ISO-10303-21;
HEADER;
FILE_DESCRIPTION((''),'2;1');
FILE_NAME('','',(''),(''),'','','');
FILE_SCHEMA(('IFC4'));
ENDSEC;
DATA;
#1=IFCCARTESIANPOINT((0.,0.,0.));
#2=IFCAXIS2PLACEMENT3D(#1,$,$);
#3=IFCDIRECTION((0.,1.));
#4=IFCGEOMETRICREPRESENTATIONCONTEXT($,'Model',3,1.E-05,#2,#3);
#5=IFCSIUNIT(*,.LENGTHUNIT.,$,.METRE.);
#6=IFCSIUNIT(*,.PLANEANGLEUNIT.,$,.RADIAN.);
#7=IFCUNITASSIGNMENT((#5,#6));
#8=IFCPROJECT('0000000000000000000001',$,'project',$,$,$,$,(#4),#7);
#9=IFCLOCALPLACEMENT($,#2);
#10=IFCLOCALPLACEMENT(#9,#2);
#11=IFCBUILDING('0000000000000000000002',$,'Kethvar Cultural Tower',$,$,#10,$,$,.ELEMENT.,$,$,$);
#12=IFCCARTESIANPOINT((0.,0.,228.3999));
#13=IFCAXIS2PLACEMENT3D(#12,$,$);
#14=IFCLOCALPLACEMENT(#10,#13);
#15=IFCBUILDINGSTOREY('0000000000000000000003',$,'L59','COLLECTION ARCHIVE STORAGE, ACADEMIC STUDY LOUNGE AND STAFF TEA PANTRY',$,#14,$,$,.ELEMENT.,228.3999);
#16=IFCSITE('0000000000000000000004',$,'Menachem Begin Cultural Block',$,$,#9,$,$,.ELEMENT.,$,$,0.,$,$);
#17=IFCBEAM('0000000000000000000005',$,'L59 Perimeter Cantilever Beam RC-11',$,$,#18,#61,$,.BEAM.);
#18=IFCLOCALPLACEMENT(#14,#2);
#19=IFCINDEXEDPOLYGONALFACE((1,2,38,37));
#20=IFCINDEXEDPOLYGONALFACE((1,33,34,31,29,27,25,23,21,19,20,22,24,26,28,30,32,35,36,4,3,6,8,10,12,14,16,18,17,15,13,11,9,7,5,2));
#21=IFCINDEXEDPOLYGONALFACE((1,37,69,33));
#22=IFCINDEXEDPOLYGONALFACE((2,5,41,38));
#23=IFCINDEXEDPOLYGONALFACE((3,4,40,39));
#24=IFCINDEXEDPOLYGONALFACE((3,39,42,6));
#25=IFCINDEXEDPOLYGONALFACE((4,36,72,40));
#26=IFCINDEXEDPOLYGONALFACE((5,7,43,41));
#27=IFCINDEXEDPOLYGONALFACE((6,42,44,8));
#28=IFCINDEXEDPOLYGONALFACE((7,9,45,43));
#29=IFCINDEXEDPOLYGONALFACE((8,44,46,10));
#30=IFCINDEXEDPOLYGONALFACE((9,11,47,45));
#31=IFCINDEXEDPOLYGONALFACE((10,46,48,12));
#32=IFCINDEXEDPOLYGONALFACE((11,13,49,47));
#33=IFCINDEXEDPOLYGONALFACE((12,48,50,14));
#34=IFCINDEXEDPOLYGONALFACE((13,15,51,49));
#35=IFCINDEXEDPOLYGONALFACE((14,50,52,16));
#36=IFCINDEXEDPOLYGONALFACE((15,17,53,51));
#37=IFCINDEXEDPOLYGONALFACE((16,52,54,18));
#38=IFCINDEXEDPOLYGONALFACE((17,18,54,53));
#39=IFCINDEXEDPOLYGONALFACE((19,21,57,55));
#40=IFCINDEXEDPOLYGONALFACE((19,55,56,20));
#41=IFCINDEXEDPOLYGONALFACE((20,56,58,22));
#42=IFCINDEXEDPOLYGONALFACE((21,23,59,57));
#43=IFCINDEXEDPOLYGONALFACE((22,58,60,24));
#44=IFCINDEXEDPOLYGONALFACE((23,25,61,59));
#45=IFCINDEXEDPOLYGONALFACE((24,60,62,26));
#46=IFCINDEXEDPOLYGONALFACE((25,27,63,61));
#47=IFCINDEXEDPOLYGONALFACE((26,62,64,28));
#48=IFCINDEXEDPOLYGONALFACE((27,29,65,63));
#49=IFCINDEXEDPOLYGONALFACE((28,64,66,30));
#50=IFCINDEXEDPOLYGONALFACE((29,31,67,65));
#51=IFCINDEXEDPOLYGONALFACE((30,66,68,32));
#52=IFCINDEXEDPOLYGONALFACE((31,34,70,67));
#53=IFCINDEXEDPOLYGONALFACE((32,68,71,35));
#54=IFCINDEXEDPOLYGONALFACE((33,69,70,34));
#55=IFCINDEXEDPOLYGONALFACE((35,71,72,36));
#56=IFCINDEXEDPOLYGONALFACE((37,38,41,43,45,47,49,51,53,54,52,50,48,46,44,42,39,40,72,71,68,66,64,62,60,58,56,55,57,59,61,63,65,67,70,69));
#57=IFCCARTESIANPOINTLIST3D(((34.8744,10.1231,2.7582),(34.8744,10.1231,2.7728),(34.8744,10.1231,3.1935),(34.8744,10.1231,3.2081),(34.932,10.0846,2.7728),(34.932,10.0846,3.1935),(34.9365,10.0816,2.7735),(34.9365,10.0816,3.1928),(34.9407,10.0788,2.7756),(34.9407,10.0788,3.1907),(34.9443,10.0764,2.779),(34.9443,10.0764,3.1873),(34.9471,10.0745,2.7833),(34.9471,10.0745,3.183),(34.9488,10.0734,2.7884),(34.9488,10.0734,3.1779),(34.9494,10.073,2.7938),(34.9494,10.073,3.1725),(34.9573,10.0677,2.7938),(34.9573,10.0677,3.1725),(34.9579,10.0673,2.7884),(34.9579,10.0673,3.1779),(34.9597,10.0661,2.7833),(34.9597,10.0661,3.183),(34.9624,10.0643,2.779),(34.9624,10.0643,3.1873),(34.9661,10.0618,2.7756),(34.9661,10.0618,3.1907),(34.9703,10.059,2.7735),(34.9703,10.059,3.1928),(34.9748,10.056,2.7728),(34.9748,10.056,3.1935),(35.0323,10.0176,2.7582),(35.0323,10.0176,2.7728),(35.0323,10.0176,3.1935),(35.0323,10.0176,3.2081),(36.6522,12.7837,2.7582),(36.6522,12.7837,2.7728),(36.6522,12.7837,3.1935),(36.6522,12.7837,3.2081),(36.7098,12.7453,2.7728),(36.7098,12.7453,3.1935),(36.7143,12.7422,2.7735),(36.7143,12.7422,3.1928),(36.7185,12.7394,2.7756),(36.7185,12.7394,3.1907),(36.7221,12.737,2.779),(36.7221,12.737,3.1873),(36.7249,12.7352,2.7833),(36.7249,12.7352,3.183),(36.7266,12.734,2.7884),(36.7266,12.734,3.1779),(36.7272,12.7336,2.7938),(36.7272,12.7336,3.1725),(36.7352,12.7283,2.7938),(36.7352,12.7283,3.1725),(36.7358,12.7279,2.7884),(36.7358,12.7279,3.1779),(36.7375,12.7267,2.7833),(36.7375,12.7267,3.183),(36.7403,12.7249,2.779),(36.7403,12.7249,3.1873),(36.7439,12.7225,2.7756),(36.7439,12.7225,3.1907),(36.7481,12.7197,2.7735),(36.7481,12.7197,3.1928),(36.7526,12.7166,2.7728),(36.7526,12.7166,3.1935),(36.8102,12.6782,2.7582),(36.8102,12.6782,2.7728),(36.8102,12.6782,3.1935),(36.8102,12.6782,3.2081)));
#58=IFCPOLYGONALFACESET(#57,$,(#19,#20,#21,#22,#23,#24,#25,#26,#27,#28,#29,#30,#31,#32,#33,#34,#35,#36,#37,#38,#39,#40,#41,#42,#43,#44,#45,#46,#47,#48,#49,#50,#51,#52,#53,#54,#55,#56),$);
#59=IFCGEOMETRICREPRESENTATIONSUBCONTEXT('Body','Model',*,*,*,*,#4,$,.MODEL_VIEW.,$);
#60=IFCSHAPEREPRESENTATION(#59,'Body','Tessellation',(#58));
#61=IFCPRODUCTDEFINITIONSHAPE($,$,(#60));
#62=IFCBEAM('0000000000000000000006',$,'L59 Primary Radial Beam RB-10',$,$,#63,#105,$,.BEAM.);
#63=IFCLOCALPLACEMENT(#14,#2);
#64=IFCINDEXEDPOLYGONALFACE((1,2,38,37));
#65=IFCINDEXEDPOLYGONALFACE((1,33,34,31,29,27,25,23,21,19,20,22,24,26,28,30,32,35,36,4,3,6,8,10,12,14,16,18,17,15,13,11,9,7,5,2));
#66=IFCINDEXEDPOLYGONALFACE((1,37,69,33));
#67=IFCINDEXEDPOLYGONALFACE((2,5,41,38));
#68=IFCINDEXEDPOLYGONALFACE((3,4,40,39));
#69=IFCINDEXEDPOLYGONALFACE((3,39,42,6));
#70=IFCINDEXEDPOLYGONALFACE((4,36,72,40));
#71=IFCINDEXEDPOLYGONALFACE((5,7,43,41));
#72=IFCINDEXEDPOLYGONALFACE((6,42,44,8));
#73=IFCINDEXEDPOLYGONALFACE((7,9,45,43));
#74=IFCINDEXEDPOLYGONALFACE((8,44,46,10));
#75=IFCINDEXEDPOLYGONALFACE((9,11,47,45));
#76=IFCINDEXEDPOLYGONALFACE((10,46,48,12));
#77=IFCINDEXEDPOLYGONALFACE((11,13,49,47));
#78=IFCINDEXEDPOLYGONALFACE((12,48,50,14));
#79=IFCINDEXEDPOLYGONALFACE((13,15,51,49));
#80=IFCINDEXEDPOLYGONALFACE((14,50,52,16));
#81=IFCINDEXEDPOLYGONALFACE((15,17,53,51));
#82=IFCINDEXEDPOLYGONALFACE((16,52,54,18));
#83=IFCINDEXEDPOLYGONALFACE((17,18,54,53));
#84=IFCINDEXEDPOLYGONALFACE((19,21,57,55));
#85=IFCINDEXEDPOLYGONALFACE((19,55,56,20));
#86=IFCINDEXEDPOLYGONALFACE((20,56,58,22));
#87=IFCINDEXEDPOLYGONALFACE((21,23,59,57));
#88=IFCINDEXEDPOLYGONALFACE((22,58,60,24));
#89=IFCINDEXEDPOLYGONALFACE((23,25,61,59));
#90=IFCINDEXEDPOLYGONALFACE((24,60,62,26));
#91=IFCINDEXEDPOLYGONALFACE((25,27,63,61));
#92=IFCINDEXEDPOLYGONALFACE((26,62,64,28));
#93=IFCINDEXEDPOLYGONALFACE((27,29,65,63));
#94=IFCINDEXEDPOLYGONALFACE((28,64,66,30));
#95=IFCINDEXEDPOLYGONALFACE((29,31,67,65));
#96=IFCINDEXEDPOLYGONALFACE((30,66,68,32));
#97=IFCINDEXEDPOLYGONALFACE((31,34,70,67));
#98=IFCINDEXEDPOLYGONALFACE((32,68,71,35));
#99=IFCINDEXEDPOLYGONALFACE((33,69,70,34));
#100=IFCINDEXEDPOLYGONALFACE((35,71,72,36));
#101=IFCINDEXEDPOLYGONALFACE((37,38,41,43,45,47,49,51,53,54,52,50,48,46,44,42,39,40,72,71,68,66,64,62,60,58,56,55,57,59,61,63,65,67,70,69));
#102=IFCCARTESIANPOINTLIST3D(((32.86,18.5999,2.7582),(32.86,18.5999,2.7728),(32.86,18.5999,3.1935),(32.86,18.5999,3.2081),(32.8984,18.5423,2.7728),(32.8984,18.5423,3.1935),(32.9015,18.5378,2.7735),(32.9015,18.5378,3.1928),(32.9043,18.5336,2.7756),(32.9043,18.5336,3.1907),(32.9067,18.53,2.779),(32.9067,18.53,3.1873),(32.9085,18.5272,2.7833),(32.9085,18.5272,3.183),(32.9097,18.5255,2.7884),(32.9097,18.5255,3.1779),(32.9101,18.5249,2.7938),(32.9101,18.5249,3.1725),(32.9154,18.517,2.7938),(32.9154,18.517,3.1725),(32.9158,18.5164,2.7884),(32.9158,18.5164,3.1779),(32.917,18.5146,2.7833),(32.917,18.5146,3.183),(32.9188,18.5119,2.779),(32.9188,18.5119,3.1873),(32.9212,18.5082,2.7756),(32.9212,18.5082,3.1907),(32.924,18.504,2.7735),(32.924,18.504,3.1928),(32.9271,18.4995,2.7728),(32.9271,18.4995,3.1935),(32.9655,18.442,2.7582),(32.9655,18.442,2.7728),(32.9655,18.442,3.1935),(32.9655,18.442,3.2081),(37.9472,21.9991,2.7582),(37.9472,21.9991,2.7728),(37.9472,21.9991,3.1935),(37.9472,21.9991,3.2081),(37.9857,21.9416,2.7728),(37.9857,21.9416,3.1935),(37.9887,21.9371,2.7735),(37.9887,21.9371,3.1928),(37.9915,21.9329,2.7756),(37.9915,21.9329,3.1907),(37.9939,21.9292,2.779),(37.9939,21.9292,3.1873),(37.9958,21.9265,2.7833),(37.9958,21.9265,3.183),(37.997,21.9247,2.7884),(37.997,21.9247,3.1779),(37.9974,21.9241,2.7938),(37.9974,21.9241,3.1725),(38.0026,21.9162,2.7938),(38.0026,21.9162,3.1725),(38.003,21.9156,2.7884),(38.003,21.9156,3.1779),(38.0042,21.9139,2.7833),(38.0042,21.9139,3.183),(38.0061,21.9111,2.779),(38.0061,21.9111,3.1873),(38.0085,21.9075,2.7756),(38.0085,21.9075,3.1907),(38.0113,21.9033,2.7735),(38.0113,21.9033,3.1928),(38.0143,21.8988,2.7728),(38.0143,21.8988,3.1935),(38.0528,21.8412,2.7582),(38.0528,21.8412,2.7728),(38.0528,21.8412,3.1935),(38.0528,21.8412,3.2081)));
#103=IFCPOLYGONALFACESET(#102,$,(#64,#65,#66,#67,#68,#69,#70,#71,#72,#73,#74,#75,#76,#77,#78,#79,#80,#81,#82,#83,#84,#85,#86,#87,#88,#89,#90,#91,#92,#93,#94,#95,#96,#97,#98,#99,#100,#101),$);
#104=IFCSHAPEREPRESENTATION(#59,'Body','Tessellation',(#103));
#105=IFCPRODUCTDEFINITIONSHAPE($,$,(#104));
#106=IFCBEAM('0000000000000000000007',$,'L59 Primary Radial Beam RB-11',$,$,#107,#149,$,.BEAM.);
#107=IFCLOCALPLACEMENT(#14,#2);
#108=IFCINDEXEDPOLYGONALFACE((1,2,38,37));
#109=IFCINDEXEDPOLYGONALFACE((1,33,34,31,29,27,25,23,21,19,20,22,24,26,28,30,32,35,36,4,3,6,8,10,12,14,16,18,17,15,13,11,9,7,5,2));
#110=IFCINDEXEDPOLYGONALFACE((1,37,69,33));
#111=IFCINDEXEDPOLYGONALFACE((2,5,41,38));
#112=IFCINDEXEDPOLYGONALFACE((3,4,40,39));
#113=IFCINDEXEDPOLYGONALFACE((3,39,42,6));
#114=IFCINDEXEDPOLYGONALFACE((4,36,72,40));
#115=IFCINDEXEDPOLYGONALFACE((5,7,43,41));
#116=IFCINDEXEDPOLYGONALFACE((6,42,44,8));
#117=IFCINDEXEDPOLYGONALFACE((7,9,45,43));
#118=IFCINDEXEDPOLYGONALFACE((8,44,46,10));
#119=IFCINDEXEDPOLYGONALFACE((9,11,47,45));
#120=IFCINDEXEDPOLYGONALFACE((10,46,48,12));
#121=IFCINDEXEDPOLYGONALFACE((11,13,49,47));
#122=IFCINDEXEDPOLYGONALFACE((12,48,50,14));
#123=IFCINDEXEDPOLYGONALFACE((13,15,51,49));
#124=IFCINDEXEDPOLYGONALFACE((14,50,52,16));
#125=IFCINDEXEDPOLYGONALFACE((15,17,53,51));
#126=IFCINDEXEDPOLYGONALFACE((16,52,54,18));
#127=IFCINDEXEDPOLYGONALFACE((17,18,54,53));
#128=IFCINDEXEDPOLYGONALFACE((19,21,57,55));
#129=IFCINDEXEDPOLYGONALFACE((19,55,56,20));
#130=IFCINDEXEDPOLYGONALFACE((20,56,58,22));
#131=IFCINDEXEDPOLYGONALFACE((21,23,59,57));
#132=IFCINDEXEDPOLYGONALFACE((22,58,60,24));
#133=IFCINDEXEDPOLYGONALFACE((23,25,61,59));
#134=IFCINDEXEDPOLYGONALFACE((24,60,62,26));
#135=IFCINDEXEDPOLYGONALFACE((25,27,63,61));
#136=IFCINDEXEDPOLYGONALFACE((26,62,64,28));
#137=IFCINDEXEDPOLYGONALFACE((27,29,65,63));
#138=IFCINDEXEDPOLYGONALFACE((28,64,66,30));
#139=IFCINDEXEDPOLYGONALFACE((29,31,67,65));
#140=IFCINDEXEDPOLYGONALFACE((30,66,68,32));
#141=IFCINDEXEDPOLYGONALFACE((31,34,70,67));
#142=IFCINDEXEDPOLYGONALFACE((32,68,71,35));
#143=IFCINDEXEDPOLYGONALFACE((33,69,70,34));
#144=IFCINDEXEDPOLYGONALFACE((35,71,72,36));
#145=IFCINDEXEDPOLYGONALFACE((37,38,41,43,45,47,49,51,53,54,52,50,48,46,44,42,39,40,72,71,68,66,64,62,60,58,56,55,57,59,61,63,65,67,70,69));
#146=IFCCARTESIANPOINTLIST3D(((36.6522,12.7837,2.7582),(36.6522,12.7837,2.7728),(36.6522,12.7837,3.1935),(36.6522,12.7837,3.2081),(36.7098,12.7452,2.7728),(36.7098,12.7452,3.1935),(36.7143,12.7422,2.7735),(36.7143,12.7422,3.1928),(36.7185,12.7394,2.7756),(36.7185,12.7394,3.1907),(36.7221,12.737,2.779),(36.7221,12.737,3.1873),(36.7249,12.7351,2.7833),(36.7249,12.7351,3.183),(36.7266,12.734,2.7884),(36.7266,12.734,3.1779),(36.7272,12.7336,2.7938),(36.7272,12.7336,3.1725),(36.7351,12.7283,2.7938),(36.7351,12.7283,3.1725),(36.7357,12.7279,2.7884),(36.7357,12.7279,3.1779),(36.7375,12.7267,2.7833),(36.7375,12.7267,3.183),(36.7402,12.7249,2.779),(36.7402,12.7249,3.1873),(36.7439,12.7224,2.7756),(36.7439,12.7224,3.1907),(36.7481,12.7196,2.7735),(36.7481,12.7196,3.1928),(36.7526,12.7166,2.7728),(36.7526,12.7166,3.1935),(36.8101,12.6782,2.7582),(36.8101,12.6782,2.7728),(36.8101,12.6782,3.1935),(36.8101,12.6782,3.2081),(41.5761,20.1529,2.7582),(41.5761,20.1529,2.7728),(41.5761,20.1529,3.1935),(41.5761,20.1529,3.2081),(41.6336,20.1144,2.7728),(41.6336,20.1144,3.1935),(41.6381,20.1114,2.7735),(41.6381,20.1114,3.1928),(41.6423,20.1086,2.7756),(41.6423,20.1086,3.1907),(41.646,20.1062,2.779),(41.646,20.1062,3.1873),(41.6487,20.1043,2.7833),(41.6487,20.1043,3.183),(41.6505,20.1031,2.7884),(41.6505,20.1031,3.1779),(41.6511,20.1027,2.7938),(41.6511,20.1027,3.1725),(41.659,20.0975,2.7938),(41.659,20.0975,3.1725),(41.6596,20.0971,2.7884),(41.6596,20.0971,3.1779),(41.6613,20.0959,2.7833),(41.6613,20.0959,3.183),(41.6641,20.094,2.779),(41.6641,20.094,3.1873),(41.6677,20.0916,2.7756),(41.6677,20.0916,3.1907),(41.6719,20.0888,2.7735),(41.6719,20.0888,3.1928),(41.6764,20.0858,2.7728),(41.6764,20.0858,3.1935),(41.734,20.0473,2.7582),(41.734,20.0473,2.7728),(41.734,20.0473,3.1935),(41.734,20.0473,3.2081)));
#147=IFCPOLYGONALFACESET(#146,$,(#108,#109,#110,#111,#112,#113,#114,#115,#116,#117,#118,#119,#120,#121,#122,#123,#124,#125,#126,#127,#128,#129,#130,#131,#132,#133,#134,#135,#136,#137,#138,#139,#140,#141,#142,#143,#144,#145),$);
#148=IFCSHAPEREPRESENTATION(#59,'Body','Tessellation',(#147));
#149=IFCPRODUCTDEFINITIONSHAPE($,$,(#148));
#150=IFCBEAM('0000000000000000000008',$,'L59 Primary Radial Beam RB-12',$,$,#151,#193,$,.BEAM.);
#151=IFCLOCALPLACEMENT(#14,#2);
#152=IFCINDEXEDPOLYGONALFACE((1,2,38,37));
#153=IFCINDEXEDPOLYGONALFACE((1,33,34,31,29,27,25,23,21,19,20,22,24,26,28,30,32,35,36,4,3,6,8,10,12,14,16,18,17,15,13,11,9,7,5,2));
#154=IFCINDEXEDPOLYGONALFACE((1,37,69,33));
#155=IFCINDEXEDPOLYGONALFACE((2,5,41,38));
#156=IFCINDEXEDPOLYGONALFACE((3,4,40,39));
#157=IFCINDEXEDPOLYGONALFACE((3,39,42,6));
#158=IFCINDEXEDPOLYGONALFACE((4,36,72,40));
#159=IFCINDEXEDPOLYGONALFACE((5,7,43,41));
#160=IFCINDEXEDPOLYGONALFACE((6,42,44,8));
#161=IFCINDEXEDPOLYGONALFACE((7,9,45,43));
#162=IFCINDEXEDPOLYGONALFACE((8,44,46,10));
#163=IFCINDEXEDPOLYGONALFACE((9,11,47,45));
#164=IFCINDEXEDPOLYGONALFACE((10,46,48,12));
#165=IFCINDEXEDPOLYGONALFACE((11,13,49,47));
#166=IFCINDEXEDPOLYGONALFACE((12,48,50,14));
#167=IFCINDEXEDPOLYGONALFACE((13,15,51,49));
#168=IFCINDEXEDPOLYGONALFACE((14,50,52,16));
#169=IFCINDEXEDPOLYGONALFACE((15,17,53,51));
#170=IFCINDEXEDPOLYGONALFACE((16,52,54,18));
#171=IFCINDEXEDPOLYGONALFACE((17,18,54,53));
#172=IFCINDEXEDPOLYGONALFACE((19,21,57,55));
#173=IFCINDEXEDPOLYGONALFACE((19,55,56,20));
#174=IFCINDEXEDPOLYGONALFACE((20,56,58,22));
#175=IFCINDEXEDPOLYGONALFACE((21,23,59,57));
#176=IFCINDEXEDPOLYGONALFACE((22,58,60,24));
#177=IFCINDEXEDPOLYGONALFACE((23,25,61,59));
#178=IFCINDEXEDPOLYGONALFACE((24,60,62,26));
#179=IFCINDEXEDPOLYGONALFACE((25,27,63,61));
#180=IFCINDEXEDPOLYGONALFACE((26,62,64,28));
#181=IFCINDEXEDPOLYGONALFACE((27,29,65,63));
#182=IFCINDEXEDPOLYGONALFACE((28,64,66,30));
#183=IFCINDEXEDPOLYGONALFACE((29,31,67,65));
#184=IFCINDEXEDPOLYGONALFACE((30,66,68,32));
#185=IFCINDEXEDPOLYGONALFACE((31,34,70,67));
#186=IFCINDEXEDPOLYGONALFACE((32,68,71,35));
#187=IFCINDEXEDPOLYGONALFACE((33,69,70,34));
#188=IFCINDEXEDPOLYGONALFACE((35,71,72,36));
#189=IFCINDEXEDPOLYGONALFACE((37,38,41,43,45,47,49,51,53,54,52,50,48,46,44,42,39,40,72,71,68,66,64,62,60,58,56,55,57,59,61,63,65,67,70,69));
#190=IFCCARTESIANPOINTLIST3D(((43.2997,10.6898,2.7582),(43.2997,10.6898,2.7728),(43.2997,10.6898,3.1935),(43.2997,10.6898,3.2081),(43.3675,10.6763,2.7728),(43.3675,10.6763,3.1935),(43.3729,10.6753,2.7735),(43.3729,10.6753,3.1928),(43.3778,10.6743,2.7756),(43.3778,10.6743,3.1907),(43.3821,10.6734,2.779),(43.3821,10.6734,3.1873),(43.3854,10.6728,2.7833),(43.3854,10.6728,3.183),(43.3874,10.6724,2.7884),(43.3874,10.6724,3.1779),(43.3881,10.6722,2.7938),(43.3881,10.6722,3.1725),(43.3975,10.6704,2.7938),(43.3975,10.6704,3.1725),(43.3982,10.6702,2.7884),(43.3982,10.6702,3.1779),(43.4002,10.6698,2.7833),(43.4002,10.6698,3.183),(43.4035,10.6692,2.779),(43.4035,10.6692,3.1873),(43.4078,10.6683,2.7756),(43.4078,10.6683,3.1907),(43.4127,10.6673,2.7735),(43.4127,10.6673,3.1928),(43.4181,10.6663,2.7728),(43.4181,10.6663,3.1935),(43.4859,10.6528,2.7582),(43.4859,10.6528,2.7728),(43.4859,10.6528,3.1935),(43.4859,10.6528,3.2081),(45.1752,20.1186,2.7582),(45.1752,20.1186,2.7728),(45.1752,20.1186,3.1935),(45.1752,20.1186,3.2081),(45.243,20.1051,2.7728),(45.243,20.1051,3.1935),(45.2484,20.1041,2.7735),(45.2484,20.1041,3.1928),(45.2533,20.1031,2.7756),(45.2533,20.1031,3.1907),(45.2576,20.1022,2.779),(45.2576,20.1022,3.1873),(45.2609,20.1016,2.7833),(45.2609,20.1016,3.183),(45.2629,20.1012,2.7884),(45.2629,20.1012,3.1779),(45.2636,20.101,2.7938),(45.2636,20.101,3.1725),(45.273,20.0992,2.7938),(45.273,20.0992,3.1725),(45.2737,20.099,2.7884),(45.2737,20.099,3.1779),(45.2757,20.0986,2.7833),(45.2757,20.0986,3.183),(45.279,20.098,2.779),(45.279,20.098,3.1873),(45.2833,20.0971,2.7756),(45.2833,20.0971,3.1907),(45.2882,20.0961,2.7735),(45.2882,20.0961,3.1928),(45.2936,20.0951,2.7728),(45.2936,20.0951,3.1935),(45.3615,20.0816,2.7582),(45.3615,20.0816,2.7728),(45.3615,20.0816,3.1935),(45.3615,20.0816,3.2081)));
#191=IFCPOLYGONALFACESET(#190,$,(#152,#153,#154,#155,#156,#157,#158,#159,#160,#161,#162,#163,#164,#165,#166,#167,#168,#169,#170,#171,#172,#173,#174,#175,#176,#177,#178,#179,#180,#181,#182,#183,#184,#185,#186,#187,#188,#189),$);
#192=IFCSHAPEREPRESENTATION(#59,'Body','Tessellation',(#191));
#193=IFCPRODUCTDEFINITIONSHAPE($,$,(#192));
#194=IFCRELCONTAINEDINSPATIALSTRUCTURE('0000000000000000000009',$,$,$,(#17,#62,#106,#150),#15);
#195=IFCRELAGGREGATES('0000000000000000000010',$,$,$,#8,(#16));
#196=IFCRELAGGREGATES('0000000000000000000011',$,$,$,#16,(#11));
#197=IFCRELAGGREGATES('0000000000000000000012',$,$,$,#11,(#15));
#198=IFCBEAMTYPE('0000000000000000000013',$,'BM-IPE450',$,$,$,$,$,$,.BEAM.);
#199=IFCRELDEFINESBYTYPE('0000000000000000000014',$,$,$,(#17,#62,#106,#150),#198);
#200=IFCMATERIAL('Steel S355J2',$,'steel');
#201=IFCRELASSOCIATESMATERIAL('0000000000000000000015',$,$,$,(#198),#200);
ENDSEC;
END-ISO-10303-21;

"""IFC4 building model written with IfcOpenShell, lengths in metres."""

from ifc_helpers import new_model, si_unit, direction, frame, origin, origin_2d, place, context, subcontext, project, spatial, i_section, extrude, source, transform, mapped, material, material_profile, profile_set, type_object, element, save


model = new_model("IFC4")

# Units and contexts
model_context = context("Model", 3, precision=1e-05, world=origin(), true_north=direction((0.0, 1.0)))
body_context = subcontext(model_context, "Body", "Model", "MODEL_VIEW")
ifc_project = project(units=[si_unit("LENGTHUNIT", "METRE"), si_unit("PLANEANGLEUNIT", "RADIAN")], contexts=[model_context])

# Site, building, storey
site_placement = place(None, origin())
site = spatial("IfcSite", under=ifc_project, at=site_placement, Name="Menachem Begin Cultural Block", CompositionType="ELEMENT", RefElevation=0.0)
building_placement = place(site_placement, origin())
building = spatial("IfcBuilding", under=site, at=building_placement, Name="Kethvar Cultural Tower", CompositionType="ELEMENT")
storey_placement = place(building_placement, frame((0.0, 0.0, 228.3999)))
storey = spatial("IfcBuildingStorey", under=building, at=storey_placement, Name="L59", Description="COLLECTION ARCHIVE STORAGE, ACADEMIC STUDY LOUNGE AND STAFF TEA PANTRY", CompositionType="ELEMENT", Elevation=228.3999)

# Beams
ifc_material_1 = material(Name="Steel S355J2", Category="steel")
ifc_material_profile_1 = material_profile(ifc_material_1, i_section(OverallWidth=0.1899, OverallDepth=0.45, WebThickness=0.0095, FlangeThickness=0.0146, FilletRadius=0.021, at=origin_2d()), Name="Steel S355J2 — IPE450")
ifc_profile_set_1 = profile_set([ifc_material_profile_1], Name="Steel S355J2 — IPE450")
beam_type_1 = type_object("IfcBeamType", Name="BM-IPE450", PredefinedType="BEAM", material=ifc_profile_set_1)
shared_shape_1 = source(origin(), body_context, "Body", "SweptSolid", [
    extrude(i_section(OverallWidth=0.1899, OverallDepth=0.45, WebThickness=0.0095, FlangeThickness=0.0146, FilletRadius=0.021, at=origin_2d()), origin(), (0.0, 0.0, 1.0), 3.2),
])
beam_1_placement = place(storey_placement, frame((36.7312, 12.731, 2.9832), z_axis=(-0.55558, -0.831463, 0.0), x_axis=(0.831463, -0.55558, 0.0)))
element("IfcBeam", 1, at=beam_1_placement, inside=storey, type_object=beam_type_1, Name="L59 Perimeter Cantilever Beam RC-11", PredefinedType="BEAM", context=body_context, shape_type="MappedRepresentation", body=[
    mapped(shared_shape_1, transform((0.0, 0.0, 0.0), scale=1.0)),
])
shared_shape_2 = source(origin(), body_context, "Body", "SweptSolid", [
    extrude(i_section(OverallWidth=0.1899, OverallDepth=0.45, WebThickness=0.0095, FlangeThickness=0.0146, FilletRadius=0.021, at=origin_2d()), origin(), (0.0, 0.0, 1.0), 6.1184),
])
beam_2_placement = place(storey_placement, frame((38.0, 21.9202, 2.9832), z_axis=(-0.831467, -0.555575, 0.0), x_axis=(0.555575, -0.831467, 0.0)))
element("IfcBeam", 2, at=beam_2_placement, inside=storey, type_object=beam_type_1, Name="L59 Primary Radial Beam RB-10", PredefinedType="BEAM", context=body_context, shape_type="MappedRepresentation", body=[
    mapped(shared_shape_2, transform((0.0, 0.0, 0.0), scale=1.0)),
])
shared_shape_3 = source(origin(), body_context, "Body", "SweptSolid", [
    extrude(i_section(OverallWidth=0.1899, OverallDepth=0.45, WebThickness=0.0095, FlangeThickness=0.0146, FilletRadius=0.021, at=origin_2d()), origin(), (0.0, 0.0, 1.0), 8.8628),
])
beam_3_placement = place(storey_placement, frame((41.655, 20.1001, 2.9832), z_axis=(-0.555564, -0.831473, 0.0), x_axis=(0.831473, -0.555564, 0.0)))
element("IfcBeam", 3, at=beam_3_placement, inside=storey, type_object=beam_type_1, Name="L59 Primary Radial Beam RB-11", PredefinedType="BEAM", context=body_context, shape_type="MappedRepresentation", body=[
    mapped(shared_shape_3, transform((0.0, 0.0, 0.0), scale=1.0)),
])
shared_shape_4 = source(origin(), body_context, "Body", "SweptSolid", [
    extrude(i_section(OverallWidth=0.1899, OverallDepth=0.45, WebThickness=0.0095, FlangeThickness=0.0146, FilletRadius=0.021, at=origin_2d()), origin(), (0.0, 0.0, 1.0), 9.6135),
])
beam_4_placement = place(storey_placement, frame((45.2683, 20.1001, 2.9832), z_axis=(-0.19509, -0.980785, 0.0), x_axis=(0.980785, -0.19509, 0.0)))
element("IfcBeam", 4, at=beam_4_placement, inside=storey, type_object=beam_type_1, Name="L59 Primary Radial Beam RB-12", PredefinedType="BEAM", context=body_context, shape_type="MappedRepresentation", body=[
    mapped(shared_shape_4, transform((0.0, 0.0, 0.0), scale=1.0)),
])

save(model, "model.ifc")
